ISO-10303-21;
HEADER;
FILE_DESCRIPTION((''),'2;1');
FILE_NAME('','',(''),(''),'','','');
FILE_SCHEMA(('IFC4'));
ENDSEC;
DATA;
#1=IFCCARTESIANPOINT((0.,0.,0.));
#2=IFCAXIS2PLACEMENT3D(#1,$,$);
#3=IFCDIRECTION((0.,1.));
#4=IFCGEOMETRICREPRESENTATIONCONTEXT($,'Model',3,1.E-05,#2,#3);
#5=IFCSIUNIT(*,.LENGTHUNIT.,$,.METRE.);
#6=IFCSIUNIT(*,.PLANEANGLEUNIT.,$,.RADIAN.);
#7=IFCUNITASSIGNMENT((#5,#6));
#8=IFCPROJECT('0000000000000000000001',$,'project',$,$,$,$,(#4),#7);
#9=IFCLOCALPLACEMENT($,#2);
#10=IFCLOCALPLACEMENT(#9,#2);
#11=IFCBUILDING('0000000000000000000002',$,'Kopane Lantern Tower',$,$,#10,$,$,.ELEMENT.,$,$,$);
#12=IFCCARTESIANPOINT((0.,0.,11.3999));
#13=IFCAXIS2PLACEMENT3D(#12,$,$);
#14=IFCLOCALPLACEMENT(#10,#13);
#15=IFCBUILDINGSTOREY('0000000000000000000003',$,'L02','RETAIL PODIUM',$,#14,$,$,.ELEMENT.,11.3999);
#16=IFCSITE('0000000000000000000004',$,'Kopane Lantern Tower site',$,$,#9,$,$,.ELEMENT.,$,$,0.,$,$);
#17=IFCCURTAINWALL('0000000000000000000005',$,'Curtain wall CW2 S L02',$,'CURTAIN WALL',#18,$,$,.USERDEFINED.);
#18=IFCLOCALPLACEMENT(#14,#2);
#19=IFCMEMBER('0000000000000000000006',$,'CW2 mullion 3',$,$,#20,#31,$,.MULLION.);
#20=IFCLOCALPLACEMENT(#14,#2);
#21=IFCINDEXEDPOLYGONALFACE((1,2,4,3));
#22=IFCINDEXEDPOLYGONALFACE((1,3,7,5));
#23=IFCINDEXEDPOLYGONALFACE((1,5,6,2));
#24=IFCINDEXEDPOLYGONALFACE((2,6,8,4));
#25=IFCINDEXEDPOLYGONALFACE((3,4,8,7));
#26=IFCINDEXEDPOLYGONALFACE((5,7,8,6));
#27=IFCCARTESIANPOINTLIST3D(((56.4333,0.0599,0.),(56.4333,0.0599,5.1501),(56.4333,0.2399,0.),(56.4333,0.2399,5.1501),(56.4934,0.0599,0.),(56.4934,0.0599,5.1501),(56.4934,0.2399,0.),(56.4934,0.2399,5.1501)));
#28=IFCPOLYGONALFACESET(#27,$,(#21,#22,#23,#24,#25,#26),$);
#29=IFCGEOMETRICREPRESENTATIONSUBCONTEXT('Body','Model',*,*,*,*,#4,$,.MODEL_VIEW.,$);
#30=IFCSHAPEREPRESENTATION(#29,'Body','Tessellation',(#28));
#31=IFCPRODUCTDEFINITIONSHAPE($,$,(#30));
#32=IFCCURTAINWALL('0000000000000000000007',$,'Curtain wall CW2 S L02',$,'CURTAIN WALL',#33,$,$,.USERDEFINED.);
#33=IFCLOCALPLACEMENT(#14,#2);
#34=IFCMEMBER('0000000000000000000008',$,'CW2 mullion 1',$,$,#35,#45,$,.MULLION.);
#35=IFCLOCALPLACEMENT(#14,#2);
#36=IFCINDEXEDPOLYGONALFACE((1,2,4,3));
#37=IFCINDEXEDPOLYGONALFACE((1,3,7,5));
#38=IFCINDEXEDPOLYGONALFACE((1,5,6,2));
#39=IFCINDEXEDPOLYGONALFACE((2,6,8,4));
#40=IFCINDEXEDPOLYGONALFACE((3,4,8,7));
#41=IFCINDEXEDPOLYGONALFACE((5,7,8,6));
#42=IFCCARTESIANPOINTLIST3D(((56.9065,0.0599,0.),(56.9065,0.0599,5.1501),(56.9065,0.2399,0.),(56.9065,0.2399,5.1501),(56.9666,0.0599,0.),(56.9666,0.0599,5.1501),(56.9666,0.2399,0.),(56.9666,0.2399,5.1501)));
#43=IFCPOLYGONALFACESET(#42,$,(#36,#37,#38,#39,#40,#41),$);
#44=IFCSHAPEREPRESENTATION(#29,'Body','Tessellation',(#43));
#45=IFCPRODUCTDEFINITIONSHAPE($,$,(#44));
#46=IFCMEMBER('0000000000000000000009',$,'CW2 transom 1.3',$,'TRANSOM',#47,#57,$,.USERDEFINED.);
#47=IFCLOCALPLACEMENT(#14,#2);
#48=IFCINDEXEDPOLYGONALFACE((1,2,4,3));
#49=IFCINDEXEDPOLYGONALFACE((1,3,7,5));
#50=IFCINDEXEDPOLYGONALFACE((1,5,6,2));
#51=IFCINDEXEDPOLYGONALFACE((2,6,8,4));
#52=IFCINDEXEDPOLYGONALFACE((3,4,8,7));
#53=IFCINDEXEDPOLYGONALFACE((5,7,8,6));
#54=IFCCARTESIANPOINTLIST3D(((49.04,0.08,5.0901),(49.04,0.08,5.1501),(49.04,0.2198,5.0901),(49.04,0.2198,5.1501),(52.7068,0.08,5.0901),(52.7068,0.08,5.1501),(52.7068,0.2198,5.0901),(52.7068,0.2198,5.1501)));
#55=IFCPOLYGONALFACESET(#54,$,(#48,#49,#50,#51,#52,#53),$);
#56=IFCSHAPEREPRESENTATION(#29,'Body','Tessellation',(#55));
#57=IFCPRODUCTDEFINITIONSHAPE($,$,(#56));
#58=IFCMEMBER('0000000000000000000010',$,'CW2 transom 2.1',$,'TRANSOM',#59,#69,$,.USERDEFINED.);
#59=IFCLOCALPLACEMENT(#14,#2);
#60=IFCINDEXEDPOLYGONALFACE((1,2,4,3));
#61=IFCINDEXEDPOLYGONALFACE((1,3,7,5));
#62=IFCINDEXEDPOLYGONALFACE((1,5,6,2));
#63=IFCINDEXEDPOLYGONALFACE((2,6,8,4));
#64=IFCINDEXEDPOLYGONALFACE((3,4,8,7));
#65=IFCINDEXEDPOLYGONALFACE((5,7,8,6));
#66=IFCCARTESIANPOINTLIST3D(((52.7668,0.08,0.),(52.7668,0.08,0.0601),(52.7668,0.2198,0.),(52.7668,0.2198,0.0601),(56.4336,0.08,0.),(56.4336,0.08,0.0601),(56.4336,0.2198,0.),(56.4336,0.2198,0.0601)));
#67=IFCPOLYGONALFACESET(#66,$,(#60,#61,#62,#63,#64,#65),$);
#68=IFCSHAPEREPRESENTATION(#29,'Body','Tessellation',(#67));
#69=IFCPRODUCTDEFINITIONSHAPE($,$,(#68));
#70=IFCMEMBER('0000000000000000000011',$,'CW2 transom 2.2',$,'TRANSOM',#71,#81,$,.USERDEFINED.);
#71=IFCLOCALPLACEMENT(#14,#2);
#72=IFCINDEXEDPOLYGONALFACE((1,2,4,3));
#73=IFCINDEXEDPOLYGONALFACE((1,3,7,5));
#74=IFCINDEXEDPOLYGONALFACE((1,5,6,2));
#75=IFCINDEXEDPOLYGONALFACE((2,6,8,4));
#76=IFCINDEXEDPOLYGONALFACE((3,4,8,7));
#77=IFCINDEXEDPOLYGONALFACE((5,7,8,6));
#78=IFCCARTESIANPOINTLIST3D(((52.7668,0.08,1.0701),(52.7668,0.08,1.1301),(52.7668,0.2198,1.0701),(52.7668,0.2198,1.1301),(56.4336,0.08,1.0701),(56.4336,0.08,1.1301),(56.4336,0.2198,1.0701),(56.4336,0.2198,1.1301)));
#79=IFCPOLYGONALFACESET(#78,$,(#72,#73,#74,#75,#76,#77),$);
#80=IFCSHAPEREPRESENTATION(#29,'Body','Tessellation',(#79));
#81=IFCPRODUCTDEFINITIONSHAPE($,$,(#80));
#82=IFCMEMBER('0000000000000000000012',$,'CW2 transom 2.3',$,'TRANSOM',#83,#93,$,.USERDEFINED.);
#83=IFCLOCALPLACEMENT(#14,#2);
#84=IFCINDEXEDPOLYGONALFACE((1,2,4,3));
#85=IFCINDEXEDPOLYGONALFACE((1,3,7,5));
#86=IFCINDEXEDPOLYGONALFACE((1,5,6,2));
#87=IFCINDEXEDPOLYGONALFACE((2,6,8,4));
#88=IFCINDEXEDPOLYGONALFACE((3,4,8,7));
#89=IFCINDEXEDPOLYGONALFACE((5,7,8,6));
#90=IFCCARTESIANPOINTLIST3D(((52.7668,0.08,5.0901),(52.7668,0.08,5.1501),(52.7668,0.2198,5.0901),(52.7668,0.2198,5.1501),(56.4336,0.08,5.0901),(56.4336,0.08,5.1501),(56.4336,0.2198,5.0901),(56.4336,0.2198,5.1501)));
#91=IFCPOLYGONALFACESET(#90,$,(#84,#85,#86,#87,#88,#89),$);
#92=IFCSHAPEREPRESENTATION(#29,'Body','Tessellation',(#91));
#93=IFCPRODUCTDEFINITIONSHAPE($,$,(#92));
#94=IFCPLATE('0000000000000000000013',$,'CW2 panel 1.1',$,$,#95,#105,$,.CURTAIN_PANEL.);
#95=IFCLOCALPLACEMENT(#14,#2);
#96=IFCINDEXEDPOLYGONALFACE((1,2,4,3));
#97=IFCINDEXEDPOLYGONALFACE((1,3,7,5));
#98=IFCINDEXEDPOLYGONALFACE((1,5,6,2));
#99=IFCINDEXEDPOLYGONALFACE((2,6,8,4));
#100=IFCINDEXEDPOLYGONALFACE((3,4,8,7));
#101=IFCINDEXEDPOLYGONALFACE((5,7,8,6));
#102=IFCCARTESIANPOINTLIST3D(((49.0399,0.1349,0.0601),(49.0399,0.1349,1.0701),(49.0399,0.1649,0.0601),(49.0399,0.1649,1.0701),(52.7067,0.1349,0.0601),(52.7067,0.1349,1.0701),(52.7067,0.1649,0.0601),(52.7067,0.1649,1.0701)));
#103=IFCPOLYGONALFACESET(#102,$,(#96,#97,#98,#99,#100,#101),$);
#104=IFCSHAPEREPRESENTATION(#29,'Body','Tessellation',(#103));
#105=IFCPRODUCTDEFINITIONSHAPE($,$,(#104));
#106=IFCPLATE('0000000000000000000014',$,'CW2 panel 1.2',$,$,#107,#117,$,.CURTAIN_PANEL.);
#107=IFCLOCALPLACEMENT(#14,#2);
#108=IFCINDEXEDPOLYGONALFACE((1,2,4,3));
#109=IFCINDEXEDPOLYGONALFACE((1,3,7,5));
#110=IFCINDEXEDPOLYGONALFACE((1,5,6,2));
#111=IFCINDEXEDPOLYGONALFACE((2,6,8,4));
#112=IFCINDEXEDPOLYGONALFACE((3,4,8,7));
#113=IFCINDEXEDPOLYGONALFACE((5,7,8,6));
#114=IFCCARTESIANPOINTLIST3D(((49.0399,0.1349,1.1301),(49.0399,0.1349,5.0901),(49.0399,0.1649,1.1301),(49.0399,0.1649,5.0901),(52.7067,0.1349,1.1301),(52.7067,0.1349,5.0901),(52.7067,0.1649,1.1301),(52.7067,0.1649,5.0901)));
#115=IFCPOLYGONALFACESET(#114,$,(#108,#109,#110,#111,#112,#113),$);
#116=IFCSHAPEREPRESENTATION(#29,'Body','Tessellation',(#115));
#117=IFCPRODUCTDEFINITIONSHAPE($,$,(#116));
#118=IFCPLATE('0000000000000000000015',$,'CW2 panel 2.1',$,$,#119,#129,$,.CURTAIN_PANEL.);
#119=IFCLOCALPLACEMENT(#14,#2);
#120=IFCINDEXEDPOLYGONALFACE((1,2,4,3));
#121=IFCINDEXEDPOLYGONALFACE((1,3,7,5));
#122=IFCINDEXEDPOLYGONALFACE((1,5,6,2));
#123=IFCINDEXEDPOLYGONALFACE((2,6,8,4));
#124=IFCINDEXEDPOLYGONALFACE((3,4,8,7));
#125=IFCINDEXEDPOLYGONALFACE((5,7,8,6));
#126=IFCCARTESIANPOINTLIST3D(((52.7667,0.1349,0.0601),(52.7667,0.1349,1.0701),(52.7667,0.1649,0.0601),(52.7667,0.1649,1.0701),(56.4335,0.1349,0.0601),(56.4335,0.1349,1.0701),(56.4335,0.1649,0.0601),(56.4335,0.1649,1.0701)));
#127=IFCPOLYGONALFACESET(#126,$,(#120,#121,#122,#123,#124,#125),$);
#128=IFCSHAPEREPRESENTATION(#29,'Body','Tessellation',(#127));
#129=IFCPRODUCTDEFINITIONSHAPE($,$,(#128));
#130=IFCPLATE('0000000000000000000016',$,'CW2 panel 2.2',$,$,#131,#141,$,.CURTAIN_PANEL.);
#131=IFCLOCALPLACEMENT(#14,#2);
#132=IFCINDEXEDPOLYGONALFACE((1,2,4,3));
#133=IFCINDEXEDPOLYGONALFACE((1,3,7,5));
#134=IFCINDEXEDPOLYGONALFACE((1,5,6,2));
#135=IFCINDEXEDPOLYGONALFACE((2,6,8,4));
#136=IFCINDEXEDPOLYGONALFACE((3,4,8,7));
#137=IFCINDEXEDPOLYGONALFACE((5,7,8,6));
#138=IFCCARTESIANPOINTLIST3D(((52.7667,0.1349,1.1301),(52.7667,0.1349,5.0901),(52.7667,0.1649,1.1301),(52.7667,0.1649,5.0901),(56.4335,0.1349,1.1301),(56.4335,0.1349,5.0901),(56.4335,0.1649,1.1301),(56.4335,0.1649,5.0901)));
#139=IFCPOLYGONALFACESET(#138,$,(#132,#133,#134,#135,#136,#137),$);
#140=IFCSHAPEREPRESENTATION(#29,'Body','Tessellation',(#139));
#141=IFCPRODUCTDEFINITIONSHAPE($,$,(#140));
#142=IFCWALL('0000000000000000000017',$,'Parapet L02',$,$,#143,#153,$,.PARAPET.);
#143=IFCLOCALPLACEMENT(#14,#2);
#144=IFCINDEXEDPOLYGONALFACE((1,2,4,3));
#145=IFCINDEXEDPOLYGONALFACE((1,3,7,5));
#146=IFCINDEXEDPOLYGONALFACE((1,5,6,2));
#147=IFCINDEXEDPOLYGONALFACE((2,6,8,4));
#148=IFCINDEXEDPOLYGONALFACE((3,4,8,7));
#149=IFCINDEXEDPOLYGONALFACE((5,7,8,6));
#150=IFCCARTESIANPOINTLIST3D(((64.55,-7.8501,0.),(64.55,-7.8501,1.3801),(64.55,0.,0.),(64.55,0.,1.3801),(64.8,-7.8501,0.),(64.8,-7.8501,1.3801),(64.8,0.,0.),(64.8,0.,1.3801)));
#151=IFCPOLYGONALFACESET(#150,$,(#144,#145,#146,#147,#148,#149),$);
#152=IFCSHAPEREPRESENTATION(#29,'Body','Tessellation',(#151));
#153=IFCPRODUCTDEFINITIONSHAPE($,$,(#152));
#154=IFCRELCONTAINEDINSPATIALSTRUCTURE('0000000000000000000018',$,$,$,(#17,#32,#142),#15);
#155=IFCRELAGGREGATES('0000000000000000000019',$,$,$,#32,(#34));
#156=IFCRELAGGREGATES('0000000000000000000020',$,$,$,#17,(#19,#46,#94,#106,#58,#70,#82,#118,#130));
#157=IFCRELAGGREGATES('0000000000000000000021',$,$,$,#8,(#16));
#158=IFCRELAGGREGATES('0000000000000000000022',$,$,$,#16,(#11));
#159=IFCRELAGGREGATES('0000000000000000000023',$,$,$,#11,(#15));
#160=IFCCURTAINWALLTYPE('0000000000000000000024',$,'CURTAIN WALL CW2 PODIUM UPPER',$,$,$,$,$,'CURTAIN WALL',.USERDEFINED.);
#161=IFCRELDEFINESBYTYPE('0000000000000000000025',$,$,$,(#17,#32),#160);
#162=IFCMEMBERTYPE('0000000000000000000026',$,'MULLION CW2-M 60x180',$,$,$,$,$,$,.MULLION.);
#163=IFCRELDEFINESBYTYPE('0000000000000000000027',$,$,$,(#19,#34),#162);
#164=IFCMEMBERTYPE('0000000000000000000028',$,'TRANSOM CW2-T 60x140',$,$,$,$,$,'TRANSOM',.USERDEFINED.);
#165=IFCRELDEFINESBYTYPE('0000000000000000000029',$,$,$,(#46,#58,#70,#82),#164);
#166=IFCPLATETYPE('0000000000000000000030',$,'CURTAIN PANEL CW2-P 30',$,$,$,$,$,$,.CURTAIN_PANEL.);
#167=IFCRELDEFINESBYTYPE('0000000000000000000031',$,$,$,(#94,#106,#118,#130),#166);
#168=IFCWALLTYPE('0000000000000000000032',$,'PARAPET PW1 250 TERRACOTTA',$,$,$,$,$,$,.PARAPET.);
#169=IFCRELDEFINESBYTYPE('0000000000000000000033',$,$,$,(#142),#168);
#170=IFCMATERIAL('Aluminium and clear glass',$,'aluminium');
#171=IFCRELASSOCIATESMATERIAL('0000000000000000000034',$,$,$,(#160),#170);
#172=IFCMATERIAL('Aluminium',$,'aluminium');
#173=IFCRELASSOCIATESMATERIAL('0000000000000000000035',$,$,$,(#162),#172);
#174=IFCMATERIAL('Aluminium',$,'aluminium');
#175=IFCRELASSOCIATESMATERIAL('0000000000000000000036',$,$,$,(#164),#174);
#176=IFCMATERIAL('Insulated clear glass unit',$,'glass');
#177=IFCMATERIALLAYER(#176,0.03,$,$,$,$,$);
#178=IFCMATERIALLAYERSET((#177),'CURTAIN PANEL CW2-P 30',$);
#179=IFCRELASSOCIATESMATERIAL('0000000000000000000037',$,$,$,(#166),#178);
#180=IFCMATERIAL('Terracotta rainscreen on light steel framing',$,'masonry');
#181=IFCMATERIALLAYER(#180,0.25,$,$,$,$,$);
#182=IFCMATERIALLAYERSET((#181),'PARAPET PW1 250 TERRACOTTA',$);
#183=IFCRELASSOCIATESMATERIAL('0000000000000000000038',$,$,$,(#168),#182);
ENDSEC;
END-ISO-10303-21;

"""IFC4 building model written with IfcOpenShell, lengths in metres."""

from ifc_helpers import new_model, si_unit, direction, frame, frame_2d, origin, origin_2d, place, context, subcontext, project, spatial, rectangle, extrude, material, layer, layer_set, material_profile, profile_set, type_object, element, aggregate, save


model = new_model("IFC4")

# Units and contexts
model_context = context("Model", 3, precision=1e-05, world=origin(), true_north=direction((0.0, 1.0)))
body_context = subcontext(model_context, "Body", "Model", "MODEL_VIEW")
ifc_project = project(units=[si_unit("LENGTHUNIT", "METRE"), si_unit("PLANEANGLEUNIT", "RADIAN")], contexts=[model_context])

# Site, building, storey
site_placement = place(None, origin())
site = spatial("IfcSite", under=ifc_project, at=site_placement, Name="Kopane Lantern Tower site", CompositionType="ELEMENT", RefElevation=0.0)
building_placement = place(site_placement, origin())
building = spatial("IfcBuilding", under=site, at=building_placement, Name="Kopane Lantern Tower", CompositionType="ELEMENT")
storey_placement = place(building_placement, frame((0.0, 0.0, 11.3999)))
storey = spatial("IfcBuildingStorey", under=building, at=storey_placement, Name="L02", Description="RETAIL PODIUM", CompositionType="ELEMENT", Elevation=11.3999)

# Curtain wall, member
ifc_material_1 = material(Name="Aluminium and clear glass", Category="aluminium")
curtain_wall_type = type_object("IfcCurtainWallType", Name="CURTAIN WALL CW2 PODIUM UPPER", ElementType="CURTAIN WALL", PredefinedType="USERDEFINED", material=ifc_material_1)
curtain_wall_1_placement = place(storey_placement, origin())
curtain_wall_1 = element("IfcCurtainWall", 1, at=curtain_wall_1_placement, inside=storey, type_object=curtain_wall_type, Name="Curtain wall CW2 S L02", ObjectType="CURTAIN WALL", PredefinedType="USERDEFINED")
ifc_material_2 = material(Name="Aluminium", Category="aluminium")
ifc_material_profile_1 = material_profile(ifc_material_2, rectangle(XDim=0.0601, YDim=0.1799, at=origin_2d()), Name="AL 60x180")
ifc_profile_set_1 = profile_set([ifc_material_profile_1], Name="Aluminium")
member_type_1 = type_object("IfcMemberType", Name="MULLION CW2-M 60x180", PredefinedType="MULLION", material=ifc_profile_set_1)
member_1_placement = place(storey_placement, frame((56.4634, 0.1499, 0.0), z_axis=(0.0, 0.0, 1.0), x_axis=(1.0, 0.0, 0.0)))
member_1 = element("IfcMember", 2, at=member_1_placement, type_object=member_type_1, Name="CW2 mullion 3", PredefinedType="MULLION", context=body_context, shape_type="SweptSolid", body=[
    extrude(rectangle(XDim=0.0601, YDim=0.1799, at=origin_2d()), origin(), (0.0, 0.0, 1.0), 5.1501),
])

# Curtain wall, member
curtain_wall_2_placement = place(storey_placement, origin())
curtain_wall_2 = element("IfcCurtainWall", 3, at=curtain_wall_2_placement, inside=storey, type_object=curtain_wall_type, Name="Curtain wall CW2 S L02", ObjectType="CURTAIN WALL", PredefinedType="USERDEFINED")
member_2_placement = place(storey_placement, frame((56.9365, 0.1499, 0.0), z_axis=(0.0, 0.0, 1.0), x_axis=(1.0, 0.0, 0.0)))
member_2 = element("IfcMember", 4, at=member_2_placement, type_object=member_type_1, Name="CW2 mullion 1", PredefinedType="MULLION", context=body_context, shape_type="SweptSolid", body=[
    extrude(rectangle(XDim=0.0601, YDim=0.1799, at=origin_2d()), origin(), (0.0, 0.0, 1.0), 5.1501),
])
aggregate(curtain_wall_2, [member_2])

# Members
ifc_material_3 = material(Name="Aluminium", Category="aluminium")
ifc_material_profile_2 = material_profile(ifc_material_3, rectangle(XDim=0.1399, YDim=0.0601, at=origin_2d()), Name="AL 140x60")
ifc_profile_set_2 = profile_set([ifc_material_profile_2], Name="Aluminium")
member_type_2 = type_object("IfcMemberType", Name="TRANSOM CW2-T 60x140", ElementType="TRANSOM", PredefinedType="USERDEFINED", material=ifc_profile_set_2)
member_3_placement = place(storey_placement, frame((49.04, 0.1499, 5.1201), z_axis=(1.0, 0.0, 0.0), x_axis=(0.0, 1.0, 0.0)))
member_3 = element("IfcMember", 5, at=member_3_placement, type_object=member_type_2, Name="CW2 transom 1.3", ObjectType="TRANSOM", PredefinedType="USERDEFINED", context=body_context, shape_type="SweptSolid", body=[
    extrude(rectangle(XDim=0.1399, YDim=0.0601, at=origin_2d()), origin(), (0.0, 0.0, 1.0), 3.6667),
])
member_4_placement = place(storey_placement, frame((52.7668, 0.1499, 0.03), z_axis=(1.0, 0.0, 0.0), x_axis=(0.0, 1.0, 0.0)))
member_4 = element("IfcMember", 6, at=member_4_placement, type_object=member_type_2, Name="CW2 transom 2.1", ObjectType="TRANSOM", PredefinedType="USERDEFINED", context=body_context, shape_type="SweptSolid", body=[
    extrude(rectangle(XDim=0.1399, YDim=0.0601, at=origin_2d()), origin(), (0.0, 0.0, 1.0), 3.6667),
])
member_5_placement = place(storey_placement, frame((52.7668, 0.1499, 1.1001), z_axis=(1.0, 0.0, 0.0), x_axis=(0.0, 1.0, 0.0)))
member_5 = element("IfcMember", 7, at=member_5_placement, type_object=member_type_2, Name="CW2 transom 2.2", ObjectType="TRANSOM", PredefinedType="USERDEFINED", context=body_context, shape_type="SweptSolid", body=[
    extrude(rectangle(XDim=0.1399, YDim=0.0601, at=origin_2d()), origin(), (0.0, 0.0, 1.0), 3.6667),
])
member_6_placement = place(storey_placement, frame((52.7668, 0.1499, 5.1201), z_axis=(1.0, 0.0, 0.0), x_axis=(0.0, 1.0, 0.0)))
member_6 = element("IfcMember", 8, at=member_6_placement, type_object=member_type_2, Name="CW2 transom 2.3", ObjectType="TRANSOM", PredefinedType="USERDEFINED", context=body_context, shape_type="SweptSolid", body=[
    extrude(rectangle(XDim=0.1399, YDim=0.0601, at=origin_2d()), origin(), (0.0, 0.0, 1.0), 3.6667),
])

# Plates
ifc_material_4 = material(Name="Insulated clear glass unit", Category="glass")
ifc_layer_1 = layer(ifc_material_4, 0.03)
ifc_layer_set_1 = layer_set([ifc_layer_1], Name="CURTAIN PANEL CW2-P 30")
plate_type = type_object("IfcPlateType", Name="CURTAIN PANEL CW2-P 30", PredefinedType="CURTAIN_PANEL", material=ifc_layer_set_1)
plate_1_placement = place(storey_placement, frame((50.8733, 0.1499, 0.0601), z_axis=(0.0, 0.0, 1.0), x_axis=(1.0, 0.0, 0.0)))
plate_1 = element("IfcPlate", 9, at=plate_1_placement, type_object=plate_type, Name="CW2 panel 1.1", PredefinedType="CURTAIN_PANEL", context=body_context, shape_type="SweptSolid", body=[
    extrude(rectangle(XDim=3.6667, YDim=0.03, at=origin_2d()), origin(), (0.0, 0.0, 1.0), 1.01),
])
plate_2_placement = place(storey_placement, frame((50.8733, 0.1499, 1.1301), z_axis=(0.0, 0.0, 1.0), x_axis=(1.0, 0.0, 0.0)))
plate_2 = element("IfcPlate", 10, at=plate_2_placement, type_object=plate_type, Name="CW2 panel 1.2", PredefinedType="CURTAIN_PANEL", context=body_context, shape_type="SweptSolid", body=[
    extrude(rectangle(XDim=3.6667, YDim=0.03, at=origin_2d()), origin(), (0.0, 0.0, 1.0), 3.96),
])
plate_3_placement = place(storey_placement, frame((54.6001, 0.1499, 0.0601), z_axis=(0.0, 0.0, 1.0), x_axis=(1.0, 0.0, 0.0)))
plate_3 = element("IfcPlate", 11, at=plate_3_placement, type_object=plate_type, Name="CW2 panel 2.1", PredefinedType="CURTAIN_PANEL", context=body_context, shape_type="SweptSolid", body=[
    extrude(rectangle(XDim=3.6667, YDim=0.03, at=origin_2d()), origin(), (0.0, 0.0, 1.0), 1.01),
])
plate_4_placement = place(storey_placement, frame((54.6001, 0.1499, 1.1301), z_axis=(0.0, 0.0, 1.0), x_axis=(1.0, 0.0, 0.0)))
plate_4 = element("IfcPlate", 12, at=plate_4_placement, type_object=plate_type, Name="CW2 panel 2.2", PredefinedType="CURTAIN_PANEL", context=body_context, shape_type="SweptSolid", body=[
    extrude(rectangle(XDim=3.6667, YDim=0.03, at=origin_2d()), origin(), (0.0, 0.0, 1.0), 3.96),
])
aggregate(curtain_wall_1, [member_1, member_3, plate_1, plate_2, member_4, member_5, member_6, plate_3, plate_4])

# Wall
ifc_material_5 = material(Name="Terracotta rainscreen on light steel framing", Category="masonry")
ifc_layer_2 = layer(ifc_material_5, 0.25)
ifc_layer_set_2 = layer_set([ifc_layer_2], Name="PARAPET PW1 250 TERRACOTTA")
wall_type = type_object("IfcWallType", Name="PARAPET PW1 250 TERRACOTTA", PredefinedType="PARAPET", material=ifc_layer_set_2)
wall_placement = place(storey_placement, frame((64.675, -7.8501, 0.0), z_axis=(0.0, 0.0, 1.0), x_axis=(0.0, 1.0, 0.0)))
element("IfcWall", 13, at=wall_placement, inside=storey, type_object=wall_type, Name="Parapet L02", PredefinedType="PARAPET", context=body_context, shape_type="SweptSolid", body=[
    extrude(rectangle(XDim=7.8501, YDim=0.25, at=frame_2d((3.925, 0.0))), origin(), (0.0, 0.0, 1.0), 1.3801),
])

save(model, "model.ifc")
